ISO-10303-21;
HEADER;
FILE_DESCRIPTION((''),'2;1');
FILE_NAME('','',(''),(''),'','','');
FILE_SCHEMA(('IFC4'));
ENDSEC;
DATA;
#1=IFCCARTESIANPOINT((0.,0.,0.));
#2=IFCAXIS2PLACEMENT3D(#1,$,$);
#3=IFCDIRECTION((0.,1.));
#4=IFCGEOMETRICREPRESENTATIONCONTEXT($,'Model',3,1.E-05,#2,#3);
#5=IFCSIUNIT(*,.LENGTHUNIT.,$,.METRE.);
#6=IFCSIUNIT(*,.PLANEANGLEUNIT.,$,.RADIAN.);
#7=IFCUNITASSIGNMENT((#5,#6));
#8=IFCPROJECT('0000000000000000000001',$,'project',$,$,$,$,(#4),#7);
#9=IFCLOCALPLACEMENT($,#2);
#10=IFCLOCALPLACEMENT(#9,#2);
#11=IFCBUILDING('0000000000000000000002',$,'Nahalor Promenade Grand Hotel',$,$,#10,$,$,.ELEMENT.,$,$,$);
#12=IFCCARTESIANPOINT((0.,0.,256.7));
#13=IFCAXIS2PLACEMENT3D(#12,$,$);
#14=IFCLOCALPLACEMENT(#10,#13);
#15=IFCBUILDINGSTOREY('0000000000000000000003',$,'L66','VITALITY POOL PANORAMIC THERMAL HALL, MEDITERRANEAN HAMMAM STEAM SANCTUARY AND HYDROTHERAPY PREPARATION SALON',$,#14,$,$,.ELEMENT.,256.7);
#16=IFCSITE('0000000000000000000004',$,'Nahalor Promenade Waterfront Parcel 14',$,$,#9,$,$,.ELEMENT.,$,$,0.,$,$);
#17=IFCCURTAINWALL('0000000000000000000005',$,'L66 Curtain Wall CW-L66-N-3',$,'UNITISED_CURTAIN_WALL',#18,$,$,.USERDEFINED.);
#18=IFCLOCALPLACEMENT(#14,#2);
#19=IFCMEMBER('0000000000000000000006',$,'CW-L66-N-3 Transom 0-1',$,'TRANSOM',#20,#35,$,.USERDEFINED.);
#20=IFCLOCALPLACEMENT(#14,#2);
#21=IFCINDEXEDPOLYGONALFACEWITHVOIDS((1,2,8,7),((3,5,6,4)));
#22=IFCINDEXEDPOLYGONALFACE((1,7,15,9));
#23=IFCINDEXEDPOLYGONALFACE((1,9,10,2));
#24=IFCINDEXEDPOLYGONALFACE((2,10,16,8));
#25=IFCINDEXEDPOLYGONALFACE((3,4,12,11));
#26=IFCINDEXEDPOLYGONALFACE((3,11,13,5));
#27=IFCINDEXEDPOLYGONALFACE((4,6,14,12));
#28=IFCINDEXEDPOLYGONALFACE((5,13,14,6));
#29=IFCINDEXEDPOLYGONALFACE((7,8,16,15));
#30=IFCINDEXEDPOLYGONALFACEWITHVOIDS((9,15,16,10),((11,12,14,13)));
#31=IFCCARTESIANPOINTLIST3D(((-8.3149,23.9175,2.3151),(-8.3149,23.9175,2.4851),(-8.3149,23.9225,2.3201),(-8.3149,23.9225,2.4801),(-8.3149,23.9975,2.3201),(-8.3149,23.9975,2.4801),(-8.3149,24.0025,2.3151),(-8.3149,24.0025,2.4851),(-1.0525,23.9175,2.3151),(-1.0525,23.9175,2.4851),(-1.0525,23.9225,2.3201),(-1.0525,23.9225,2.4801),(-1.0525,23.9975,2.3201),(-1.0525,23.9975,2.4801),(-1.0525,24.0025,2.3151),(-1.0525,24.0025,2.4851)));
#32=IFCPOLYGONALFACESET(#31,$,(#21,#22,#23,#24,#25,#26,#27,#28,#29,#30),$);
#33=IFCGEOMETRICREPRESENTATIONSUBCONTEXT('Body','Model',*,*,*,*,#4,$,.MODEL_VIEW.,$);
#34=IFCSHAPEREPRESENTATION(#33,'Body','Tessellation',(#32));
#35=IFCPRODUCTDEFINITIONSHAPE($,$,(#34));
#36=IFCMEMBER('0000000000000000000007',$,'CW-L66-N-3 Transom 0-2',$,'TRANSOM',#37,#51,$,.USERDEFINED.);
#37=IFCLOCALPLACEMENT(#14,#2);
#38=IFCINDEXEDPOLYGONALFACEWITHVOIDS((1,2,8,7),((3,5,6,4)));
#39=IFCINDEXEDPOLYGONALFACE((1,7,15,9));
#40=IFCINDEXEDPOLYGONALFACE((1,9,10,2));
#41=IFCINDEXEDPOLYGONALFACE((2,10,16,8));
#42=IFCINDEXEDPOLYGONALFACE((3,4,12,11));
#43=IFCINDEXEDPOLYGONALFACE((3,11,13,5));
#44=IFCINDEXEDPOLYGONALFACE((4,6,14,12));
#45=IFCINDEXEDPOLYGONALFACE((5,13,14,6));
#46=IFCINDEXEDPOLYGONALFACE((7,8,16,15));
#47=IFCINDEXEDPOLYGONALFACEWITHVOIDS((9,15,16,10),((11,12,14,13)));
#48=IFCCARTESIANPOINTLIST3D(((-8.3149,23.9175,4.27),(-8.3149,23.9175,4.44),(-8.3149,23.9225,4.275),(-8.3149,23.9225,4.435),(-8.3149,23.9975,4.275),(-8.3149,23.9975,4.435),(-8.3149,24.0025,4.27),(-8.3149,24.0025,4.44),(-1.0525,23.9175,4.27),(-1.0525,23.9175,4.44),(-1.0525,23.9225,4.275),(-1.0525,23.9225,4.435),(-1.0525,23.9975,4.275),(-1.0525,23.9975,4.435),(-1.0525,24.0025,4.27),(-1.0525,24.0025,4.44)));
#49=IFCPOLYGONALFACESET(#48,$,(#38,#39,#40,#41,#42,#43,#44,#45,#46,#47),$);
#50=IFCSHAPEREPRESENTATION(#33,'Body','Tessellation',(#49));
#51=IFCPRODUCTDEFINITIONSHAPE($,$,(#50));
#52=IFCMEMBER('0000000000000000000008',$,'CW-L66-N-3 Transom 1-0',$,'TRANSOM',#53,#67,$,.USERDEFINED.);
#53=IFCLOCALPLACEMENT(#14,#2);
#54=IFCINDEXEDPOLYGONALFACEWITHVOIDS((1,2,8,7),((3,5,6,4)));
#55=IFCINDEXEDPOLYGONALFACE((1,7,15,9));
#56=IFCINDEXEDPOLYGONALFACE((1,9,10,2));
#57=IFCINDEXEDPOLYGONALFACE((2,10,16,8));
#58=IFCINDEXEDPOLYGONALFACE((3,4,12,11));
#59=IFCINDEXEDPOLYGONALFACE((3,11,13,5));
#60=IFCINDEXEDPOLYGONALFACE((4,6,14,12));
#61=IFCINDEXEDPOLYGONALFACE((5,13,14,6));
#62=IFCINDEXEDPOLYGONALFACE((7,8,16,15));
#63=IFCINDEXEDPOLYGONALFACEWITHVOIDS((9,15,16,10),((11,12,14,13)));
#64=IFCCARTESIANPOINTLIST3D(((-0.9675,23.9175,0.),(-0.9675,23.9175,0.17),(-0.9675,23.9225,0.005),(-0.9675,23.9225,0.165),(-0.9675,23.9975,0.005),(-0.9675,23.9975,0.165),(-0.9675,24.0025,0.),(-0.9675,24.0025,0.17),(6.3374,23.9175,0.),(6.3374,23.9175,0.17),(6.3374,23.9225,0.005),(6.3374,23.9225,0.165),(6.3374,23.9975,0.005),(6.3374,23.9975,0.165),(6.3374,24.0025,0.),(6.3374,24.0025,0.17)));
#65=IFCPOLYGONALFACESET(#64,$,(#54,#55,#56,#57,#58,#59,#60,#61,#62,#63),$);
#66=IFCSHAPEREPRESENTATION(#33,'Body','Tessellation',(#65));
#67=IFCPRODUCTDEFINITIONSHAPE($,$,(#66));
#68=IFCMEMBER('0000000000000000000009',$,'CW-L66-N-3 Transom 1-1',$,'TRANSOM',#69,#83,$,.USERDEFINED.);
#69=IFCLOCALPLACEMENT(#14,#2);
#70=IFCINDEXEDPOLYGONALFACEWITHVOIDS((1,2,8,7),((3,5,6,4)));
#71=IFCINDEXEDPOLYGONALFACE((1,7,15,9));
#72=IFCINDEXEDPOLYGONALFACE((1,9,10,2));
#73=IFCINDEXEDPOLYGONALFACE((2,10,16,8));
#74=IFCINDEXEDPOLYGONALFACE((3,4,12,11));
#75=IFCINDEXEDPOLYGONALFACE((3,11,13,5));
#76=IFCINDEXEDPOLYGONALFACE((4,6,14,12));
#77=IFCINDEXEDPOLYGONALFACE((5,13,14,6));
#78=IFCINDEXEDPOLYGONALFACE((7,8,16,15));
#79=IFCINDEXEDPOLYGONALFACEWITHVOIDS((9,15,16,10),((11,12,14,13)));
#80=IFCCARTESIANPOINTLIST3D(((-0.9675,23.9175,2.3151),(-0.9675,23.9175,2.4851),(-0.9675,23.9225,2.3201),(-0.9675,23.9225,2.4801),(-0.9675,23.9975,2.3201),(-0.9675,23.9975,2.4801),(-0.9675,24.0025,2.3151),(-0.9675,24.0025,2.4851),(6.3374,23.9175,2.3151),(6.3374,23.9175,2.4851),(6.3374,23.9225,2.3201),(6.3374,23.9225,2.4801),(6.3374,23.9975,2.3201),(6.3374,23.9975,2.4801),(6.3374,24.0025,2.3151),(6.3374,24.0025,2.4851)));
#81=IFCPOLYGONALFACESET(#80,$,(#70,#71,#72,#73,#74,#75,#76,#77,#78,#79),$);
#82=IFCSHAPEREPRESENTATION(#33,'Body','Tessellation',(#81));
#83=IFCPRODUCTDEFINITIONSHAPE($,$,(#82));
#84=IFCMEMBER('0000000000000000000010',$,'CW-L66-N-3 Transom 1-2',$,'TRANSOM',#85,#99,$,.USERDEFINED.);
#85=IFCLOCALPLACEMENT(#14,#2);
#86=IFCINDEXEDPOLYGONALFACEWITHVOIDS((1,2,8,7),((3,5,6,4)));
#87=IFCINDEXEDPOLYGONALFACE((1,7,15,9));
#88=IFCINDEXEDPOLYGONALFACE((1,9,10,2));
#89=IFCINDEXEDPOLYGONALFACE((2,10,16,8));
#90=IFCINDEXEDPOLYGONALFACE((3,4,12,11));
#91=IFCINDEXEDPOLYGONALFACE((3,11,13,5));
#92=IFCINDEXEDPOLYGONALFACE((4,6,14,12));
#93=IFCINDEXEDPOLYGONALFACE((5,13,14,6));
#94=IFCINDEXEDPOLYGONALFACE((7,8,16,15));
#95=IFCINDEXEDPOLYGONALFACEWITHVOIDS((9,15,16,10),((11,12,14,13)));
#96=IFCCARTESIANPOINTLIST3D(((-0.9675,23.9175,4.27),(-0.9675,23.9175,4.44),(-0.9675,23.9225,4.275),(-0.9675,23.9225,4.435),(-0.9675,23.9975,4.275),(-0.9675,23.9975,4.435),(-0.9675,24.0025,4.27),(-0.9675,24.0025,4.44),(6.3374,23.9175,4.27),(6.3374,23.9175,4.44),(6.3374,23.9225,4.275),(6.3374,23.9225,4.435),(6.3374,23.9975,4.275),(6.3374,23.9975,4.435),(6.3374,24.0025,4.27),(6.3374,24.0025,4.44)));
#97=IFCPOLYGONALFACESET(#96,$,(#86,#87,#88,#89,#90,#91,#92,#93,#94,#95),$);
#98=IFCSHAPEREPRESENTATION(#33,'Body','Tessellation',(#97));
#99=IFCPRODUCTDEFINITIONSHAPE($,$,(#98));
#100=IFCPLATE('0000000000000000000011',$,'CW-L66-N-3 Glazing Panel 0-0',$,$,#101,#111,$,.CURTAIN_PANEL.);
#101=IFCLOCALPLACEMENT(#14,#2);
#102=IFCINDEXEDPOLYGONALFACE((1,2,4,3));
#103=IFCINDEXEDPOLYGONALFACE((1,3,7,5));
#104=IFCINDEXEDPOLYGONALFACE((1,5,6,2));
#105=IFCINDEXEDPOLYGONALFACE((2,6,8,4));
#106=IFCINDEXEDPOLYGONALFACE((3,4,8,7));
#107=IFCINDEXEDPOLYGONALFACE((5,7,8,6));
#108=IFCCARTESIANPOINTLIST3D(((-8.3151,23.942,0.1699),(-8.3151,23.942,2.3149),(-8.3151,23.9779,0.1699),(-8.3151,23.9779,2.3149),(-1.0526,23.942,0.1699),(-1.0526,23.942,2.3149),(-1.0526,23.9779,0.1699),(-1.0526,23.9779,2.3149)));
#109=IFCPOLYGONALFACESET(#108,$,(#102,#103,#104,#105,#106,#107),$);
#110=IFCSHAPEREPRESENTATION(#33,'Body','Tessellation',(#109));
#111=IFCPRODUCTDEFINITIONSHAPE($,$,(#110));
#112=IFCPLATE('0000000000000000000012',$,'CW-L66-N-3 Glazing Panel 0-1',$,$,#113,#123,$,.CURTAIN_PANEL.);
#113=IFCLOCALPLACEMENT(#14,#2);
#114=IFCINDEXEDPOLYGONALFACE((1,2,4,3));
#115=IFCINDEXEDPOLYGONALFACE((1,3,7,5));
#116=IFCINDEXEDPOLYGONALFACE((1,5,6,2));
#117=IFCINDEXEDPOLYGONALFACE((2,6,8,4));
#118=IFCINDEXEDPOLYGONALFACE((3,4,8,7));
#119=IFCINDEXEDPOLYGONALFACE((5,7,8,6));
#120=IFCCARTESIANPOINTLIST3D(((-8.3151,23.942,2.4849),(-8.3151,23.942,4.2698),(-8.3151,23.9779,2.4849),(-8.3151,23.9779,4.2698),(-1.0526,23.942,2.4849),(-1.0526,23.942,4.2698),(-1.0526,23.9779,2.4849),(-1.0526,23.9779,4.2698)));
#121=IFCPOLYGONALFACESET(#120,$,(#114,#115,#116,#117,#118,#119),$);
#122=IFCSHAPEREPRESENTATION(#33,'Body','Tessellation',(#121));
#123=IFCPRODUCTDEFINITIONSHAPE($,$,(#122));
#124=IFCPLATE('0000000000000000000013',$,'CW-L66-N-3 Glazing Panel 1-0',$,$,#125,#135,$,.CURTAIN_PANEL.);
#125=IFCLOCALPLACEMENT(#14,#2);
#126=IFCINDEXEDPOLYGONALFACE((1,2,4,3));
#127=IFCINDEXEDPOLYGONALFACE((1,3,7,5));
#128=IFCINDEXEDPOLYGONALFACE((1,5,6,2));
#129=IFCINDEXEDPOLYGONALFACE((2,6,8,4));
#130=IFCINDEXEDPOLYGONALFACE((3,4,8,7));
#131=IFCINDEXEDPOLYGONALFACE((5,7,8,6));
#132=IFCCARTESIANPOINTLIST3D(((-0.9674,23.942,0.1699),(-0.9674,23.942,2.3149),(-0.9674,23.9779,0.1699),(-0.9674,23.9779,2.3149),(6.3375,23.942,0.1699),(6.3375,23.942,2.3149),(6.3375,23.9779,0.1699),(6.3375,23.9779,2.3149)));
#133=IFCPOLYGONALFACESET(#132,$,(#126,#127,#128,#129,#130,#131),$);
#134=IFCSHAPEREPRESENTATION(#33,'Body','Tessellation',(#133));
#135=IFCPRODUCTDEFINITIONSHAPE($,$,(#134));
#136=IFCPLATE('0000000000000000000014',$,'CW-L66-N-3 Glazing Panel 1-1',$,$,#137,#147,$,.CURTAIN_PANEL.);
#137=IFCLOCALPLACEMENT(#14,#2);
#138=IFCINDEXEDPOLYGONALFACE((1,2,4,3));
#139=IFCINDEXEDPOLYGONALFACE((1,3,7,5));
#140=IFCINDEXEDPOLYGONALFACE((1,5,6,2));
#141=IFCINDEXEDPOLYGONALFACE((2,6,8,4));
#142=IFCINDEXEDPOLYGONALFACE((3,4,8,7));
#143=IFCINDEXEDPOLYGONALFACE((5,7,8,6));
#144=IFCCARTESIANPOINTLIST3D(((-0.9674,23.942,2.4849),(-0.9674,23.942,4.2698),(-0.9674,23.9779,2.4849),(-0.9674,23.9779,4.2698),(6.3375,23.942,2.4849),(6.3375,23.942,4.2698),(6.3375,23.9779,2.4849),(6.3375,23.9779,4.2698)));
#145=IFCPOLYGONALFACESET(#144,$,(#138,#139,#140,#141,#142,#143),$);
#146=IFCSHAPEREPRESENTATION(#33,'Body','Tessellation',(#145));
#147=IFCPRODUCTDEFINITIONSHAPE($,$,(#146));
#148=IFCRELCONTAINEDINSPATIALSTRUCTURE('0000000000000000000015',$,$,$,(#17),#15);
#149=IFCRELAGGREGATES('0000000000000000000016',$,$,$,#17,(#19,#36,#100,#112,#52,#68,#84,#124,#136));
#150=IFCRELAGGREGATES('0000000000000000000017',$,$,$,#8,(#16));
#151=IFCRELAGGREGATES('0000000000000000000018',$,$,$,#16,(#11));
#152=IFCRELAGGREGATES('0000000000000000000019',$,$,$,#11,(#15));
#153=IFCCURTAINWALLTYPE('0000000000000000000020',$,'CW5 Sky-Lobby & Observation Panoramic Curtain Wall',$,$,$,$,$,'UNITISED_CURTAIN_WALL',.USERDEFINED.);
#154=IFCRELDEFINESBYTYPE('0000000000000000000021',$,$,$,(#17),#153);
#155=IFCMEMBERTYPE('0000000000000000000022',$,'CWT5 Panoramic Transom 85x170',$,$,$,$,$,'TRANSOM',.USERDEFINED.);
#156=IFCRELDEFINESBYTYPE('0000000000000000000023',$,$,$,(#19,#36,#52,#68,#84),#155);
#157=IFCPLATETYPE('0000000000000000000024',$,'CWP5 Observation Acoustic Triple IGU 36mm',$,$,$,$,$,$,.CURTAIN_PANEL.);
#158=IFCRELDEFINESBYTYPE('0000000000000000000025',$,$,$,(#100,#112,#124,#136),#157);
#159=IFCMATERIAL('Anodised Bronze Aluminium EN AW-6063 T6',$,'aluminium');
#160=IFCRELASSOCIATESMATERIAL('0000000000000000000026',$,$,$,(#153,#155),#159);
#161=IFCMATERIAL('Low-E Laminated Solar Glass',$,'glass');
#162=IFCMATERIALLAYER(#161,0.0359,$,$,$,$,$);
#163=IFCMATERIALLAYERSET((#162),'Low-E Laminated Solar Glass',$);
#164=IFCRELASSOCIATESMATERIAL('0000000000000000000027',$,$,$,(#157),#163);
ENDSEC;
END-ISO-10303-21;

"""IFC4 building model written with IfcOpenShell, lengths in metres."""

from ifc_helpers import new_model, si_unit, direction, frame, origin, origin_2d, place, context, subcontext, project, spatial, rectangle, hollow_rectangle, extrude, source, transform, mapped, material, layer, layer_set, material_profile, profile_set, type_object, element, aggregate, save


model = new_model("IFC4")

# Units and contexts
model_context = context("Model", 3, precision=1e-05, world=origin(), true_north=direction((0.0, 1.0)))
body_context = subcontext(model_context, "Body", "Model", "MODEL_VIEW")
ifc_project = project(units=[si_unit("LENGTHUNIT", "METRE"), si_unit("PLANEANGLEUNIT", "RADIAN")], contexts=[model_context])

# Site, building, storey
site_placement = place(None, origin())
site = spatial("IfcSite", under=ifc_project, at=site_placement, Name="Nahalor Promenade Waterfront Parcel 14", CompositionType="ELEMENT", RefElevation=0.0)
building_placement = place(site_placement, origin())
building = spatial("IfcBuilding", under=site, at=building_placement, Name="Nahalor Promenade Grand Hotel", CompositionType="ELEMENT")
storey_placement = place(building_placement, frame((0.0, 0.0, 256.7)))
storey = spatial("IfcBuildingStorey", under=building, at=storey_placement, Name="L66", Description="VITALITY POOL PANORAMIC THERMAL HALL, MEDITERRANEAN HAMMAM STEAM SANCTUARY AND HYDROTHERAPY PREPARATION SALON", CompositionType="ELEMENT", Elevation=256.7)

# Curtain wall, members, plates
ifc_material_1 = material(Name="Anodised Bronze Aluminium EN AW-6063 T6", Category="aluminium")
curtain_wall_type = type_object("IfcCurtainWallType", Name="CW5 Sky-Lobby & Observation Panoramic Curtain Wall", ElementType="UNITISED_CURTAIN_WALL", PredefinedType="USERDEFINED", material=ifc_material_1)
curtain_wall_placement = place(storey_placement, origin())
curtain_wall = element("IfcCurtainWall", 1, at=curtain_wall_placement, inside=storey, type_object=curtain_wall_type, Name="L66 Curtain Wall CW-L66-N-3", ObjectType="UNITISED_CURTAIN_WALL", PredefinedType="USERDEFINED")
ifc_material_profile_1 = material_profile(ifc_material_1, hollow_rectangle(XDim=0.085, YDim=0.17, WallThickness=0.005, at=origin_2d()), Name="CWT 85x170x5")
ifc_profile_set_1 = profile_set([ifc_material_profile_1], Name="Anodised Bronze Aluminium EN AW-6063 T6")
member_type_1 = type_object("IfcMemberType", Name="CWT5 Panoramic Transom 85x170", ElementType="TRANSOM", PredefinedType="USERDEFINED", material=ifc_profile_set_1)
shared_shape_1 = source(origin(), body_context, "Body", "SweptSolid", [
    extrude(hollow_rectangle(XDim=0.085, YDim=0.17, WallThickness=0.005, at=origin_2d()), origin(), (0.0, 0.0, 1.0), 7.2625),
])
member_1_placement = place(storey_placement, frame((-8.3149, 23.96, 2.4001), z_axis=(1.0, 0.0, 0.0), x_axis=(0.0, 1.0, 0.0)))
member_1 = element("IfcMember", 2, at=member_1_placement, type_object=member_type_1, Name="CW-L66-N-3 Transom 0-1", ObjectType="TRANSOM", PredefinedType="USERDEFINED", context=body_context, shape_type="MappedRepresentation", body=[
    mapped(shared_shape_1, transform((0.0, 0.0, 0.0), scale=1.0)),
])
member_2_placement = place(storey_placement, frame((-8.3149, 23.96, 4.355), z_axis=(1.0, 0.0, 0.0), x_axis=(0.0, 1.0, 0.0)))
member_2 = element("IfcMember", 3, at=member_2_placement, type_object=member_type_1, Name="CW-L66-N-3 Transom 0-2", ObjectType="TRANSOM", PredefinedType="USERDEFINED", context=body_context, shape_type="MappedRepresentation", body=[
    mapped(shared_shape_1, transform((0.0, 0.0, 0.0), scale=1.0)),
])
shared_shape_2 = source(origin(), body_context, "Body", "SweptSolid", [
    extrude(hollow_rectangle(XDim=0.085, YDim=0.17, WallThickness=0.005, at=origin_2d()), origin(), (0.0, 0.0, 1.0), 7.3049),
])
member_3_placement = place(storey_placement, frame((-0.9675, 23.96, 0.085), z_axis=(1.0, 0.0, 0.0), x_axis=(0.0, 1.0, 0.0)))
member_3 = element("IfcMember", 4, at=member_3_placement, type_object=member_type_1, Name="CW-L66-N-3 Transom 1-0", ObjectType="TRANSOM", PredefinedType="USERDEFINED", context=body_context, shape_type="MappedRepresentation", body=[
    mapped(shared_shape_2, transform((0.0, 0.0, 0.0), scale=1.0)),
])
member_4_placement = place(storey_placement, frame((-0.9675, 23.96, 2.4001), z_axis=(1.0, 0.0, 0.0), x_axis=(0.0, 1.0, 0.0)))
member_4 = element("IfcMember", 5, at=member_4_placement, type_object=member_type_1, Name="CW-L66-N-3 Transom 1-1", ObjectType="TRANSOM", PredefinedType="USERDEFINED", context=body_context, shape_type="MappedRepresentation", body=[
    mapped(shared_shape_2, transform((0.0, 0.0, 0.0), scale=1.0)),
])
member_5_placement = place(storey_placement, frame((-0.9675, 23.96, 4.355), z_axis=(1.0, 0.0, 0.0), x_axis=(0.0, 1.0, 0.0)))
member_5 = element("IfcMember", 6, at=member_5_placement, type_object=member_type_1, Name="CW-L66-N-3 Transom 1-2", ObjectType="TRANSOM", PredefinedType="USERDEFINED", context=body_context, shape_type="MappedRepresentation", body=[
    mapped(shared_shape_2, transform((0.0, 0.0, 0.0), scale=1.0)),
])
ifc_material_2 = material(Name="Low-E Laminated Solar Glass", Category="glass")
ifc_layer = layer(ifc_material_2, 0.0359)
ifc_layer_set = layer_set([ifc_layer], Name="Low-E Laminated Solar Glass")
plate_type = type_object("IfcPlateType", Name="CWP5 Observation Acoustic Triple IGU 36mm", PredefinedType="CURTAIN_PANEL", material=ifc_layer_set)
shared_shape_3 = source(origin(), body_context, "Body", "SweptSolid", [
    extrude(rectangle(XDim=7.2625, YDim=0.0359, at=origin_2d()), origin(), (0.0, 0.0, 1.0), 2.145),
])
plate_1_placement = place(storey_placement, frame((-4.6838, 23.96, 0.1699), z_axis=(0.0, 0.0, 1.0), x_axis=(1.0, 0.0, 0.0)))
plate_1 = element("IfcPlate", 7, at=plate_1_placement, type_object=plate_type, Name="CW-L66-N-3 Glazing Panel 0-0", PredefinedType="CURTAIN_PANEL", context=body_context, shape_type="MappedRepresentation", body=[
    mapped(shared_shape_3, transform((0.0, 0.0, 0.0), scale=1.0)),
])
shared_shape_4 = source(origin(), body_context, "Body", "SweptSolid", [
    extrude(rectangle(XDim=7.2625, YDim=0.0359, at=origin_2d()), origin(), (0.0, 0.0, 1.0), 1.7849),
])
plate_2_placement = place(storey_placement, frame((-4.6838, 23.96, 2.4849), z_axis=(0.0, 0.0, 1.0), x_axis=(1.0, 0.0, 0.0)))
plate_2 = element("IfcPlate", 8, at=plate_2_placement, type_object=plate_type, Name="CW-L66-N-3 Glazing Panel 0-1", PredefinedType="CURTAIN_PANEL", context=body_context, shape_type="MappedRepresentation", body=[
    mapped(shared_shape_4, transform((0.0, 0.0, 0.0), scale=1.0)),
])
shared_shape_5 = source(origin(), body_context, "Body", "SweptSolid", [
    extrude(rectangle(XDim=7.3049, YDim=0.0359, at=origin_2d()), origin(), (0.0, 0.0, 1.0), 2.145),
])
plate_3_placement = place(storey_placement, frame((2.6851, 23.96, 0.1699), z_axis=(0.0, 0.0, 1.0), x_axis=(1.0, 0.0, 0.0)))
plate_3 = element("IfcPlate", 9, at=plate_3_placement, type_object=plate_type, Name="CW-L66-N-3 Glazing Panel 1-0", PredefinedType="CURTAIN_PANEL", context=body_context, shape_type="MappedRepresentation", body=[
    mapped(shared_shape_5, transform((0.0, 0.0, 0.0), scale=1.0)),
])
shared_shape_6 = source(origin(), body_context, "Body", "SweptSolid", [
    extrude(rectangle(XDim=7.3049, YDim=0.0359, at=origin_2d()), origin(), (0.0, 0.0, 1.0), 1.7849),
])
plate_4_placement = place(storey_placement, frame((2.6851, 23.96, 2.4849), z_axis=(0.0, 0.0, 1.0), x_axis=(1.0, 0.0, 0.0)))
plate_4 = element("IfcPlate", 10, at=plate_4_placement, type_object=plate_type, Name="CW-L66-N-3 Glazing Panel 1-1", PredefinedType="CURTAIN_PANEL", context=body_context, shape_type="MappedRepresentation", body=[
    mapped(shared_shape_6, transform((0.0, 0.0, 0.0), scale=1.0)),
])
aggregate(curtain_wall, [member_1, member_2, plate_1, plate_2, member_3, member_4, member_5, plate_3, plate_4])

save(model, "model.ifc")
